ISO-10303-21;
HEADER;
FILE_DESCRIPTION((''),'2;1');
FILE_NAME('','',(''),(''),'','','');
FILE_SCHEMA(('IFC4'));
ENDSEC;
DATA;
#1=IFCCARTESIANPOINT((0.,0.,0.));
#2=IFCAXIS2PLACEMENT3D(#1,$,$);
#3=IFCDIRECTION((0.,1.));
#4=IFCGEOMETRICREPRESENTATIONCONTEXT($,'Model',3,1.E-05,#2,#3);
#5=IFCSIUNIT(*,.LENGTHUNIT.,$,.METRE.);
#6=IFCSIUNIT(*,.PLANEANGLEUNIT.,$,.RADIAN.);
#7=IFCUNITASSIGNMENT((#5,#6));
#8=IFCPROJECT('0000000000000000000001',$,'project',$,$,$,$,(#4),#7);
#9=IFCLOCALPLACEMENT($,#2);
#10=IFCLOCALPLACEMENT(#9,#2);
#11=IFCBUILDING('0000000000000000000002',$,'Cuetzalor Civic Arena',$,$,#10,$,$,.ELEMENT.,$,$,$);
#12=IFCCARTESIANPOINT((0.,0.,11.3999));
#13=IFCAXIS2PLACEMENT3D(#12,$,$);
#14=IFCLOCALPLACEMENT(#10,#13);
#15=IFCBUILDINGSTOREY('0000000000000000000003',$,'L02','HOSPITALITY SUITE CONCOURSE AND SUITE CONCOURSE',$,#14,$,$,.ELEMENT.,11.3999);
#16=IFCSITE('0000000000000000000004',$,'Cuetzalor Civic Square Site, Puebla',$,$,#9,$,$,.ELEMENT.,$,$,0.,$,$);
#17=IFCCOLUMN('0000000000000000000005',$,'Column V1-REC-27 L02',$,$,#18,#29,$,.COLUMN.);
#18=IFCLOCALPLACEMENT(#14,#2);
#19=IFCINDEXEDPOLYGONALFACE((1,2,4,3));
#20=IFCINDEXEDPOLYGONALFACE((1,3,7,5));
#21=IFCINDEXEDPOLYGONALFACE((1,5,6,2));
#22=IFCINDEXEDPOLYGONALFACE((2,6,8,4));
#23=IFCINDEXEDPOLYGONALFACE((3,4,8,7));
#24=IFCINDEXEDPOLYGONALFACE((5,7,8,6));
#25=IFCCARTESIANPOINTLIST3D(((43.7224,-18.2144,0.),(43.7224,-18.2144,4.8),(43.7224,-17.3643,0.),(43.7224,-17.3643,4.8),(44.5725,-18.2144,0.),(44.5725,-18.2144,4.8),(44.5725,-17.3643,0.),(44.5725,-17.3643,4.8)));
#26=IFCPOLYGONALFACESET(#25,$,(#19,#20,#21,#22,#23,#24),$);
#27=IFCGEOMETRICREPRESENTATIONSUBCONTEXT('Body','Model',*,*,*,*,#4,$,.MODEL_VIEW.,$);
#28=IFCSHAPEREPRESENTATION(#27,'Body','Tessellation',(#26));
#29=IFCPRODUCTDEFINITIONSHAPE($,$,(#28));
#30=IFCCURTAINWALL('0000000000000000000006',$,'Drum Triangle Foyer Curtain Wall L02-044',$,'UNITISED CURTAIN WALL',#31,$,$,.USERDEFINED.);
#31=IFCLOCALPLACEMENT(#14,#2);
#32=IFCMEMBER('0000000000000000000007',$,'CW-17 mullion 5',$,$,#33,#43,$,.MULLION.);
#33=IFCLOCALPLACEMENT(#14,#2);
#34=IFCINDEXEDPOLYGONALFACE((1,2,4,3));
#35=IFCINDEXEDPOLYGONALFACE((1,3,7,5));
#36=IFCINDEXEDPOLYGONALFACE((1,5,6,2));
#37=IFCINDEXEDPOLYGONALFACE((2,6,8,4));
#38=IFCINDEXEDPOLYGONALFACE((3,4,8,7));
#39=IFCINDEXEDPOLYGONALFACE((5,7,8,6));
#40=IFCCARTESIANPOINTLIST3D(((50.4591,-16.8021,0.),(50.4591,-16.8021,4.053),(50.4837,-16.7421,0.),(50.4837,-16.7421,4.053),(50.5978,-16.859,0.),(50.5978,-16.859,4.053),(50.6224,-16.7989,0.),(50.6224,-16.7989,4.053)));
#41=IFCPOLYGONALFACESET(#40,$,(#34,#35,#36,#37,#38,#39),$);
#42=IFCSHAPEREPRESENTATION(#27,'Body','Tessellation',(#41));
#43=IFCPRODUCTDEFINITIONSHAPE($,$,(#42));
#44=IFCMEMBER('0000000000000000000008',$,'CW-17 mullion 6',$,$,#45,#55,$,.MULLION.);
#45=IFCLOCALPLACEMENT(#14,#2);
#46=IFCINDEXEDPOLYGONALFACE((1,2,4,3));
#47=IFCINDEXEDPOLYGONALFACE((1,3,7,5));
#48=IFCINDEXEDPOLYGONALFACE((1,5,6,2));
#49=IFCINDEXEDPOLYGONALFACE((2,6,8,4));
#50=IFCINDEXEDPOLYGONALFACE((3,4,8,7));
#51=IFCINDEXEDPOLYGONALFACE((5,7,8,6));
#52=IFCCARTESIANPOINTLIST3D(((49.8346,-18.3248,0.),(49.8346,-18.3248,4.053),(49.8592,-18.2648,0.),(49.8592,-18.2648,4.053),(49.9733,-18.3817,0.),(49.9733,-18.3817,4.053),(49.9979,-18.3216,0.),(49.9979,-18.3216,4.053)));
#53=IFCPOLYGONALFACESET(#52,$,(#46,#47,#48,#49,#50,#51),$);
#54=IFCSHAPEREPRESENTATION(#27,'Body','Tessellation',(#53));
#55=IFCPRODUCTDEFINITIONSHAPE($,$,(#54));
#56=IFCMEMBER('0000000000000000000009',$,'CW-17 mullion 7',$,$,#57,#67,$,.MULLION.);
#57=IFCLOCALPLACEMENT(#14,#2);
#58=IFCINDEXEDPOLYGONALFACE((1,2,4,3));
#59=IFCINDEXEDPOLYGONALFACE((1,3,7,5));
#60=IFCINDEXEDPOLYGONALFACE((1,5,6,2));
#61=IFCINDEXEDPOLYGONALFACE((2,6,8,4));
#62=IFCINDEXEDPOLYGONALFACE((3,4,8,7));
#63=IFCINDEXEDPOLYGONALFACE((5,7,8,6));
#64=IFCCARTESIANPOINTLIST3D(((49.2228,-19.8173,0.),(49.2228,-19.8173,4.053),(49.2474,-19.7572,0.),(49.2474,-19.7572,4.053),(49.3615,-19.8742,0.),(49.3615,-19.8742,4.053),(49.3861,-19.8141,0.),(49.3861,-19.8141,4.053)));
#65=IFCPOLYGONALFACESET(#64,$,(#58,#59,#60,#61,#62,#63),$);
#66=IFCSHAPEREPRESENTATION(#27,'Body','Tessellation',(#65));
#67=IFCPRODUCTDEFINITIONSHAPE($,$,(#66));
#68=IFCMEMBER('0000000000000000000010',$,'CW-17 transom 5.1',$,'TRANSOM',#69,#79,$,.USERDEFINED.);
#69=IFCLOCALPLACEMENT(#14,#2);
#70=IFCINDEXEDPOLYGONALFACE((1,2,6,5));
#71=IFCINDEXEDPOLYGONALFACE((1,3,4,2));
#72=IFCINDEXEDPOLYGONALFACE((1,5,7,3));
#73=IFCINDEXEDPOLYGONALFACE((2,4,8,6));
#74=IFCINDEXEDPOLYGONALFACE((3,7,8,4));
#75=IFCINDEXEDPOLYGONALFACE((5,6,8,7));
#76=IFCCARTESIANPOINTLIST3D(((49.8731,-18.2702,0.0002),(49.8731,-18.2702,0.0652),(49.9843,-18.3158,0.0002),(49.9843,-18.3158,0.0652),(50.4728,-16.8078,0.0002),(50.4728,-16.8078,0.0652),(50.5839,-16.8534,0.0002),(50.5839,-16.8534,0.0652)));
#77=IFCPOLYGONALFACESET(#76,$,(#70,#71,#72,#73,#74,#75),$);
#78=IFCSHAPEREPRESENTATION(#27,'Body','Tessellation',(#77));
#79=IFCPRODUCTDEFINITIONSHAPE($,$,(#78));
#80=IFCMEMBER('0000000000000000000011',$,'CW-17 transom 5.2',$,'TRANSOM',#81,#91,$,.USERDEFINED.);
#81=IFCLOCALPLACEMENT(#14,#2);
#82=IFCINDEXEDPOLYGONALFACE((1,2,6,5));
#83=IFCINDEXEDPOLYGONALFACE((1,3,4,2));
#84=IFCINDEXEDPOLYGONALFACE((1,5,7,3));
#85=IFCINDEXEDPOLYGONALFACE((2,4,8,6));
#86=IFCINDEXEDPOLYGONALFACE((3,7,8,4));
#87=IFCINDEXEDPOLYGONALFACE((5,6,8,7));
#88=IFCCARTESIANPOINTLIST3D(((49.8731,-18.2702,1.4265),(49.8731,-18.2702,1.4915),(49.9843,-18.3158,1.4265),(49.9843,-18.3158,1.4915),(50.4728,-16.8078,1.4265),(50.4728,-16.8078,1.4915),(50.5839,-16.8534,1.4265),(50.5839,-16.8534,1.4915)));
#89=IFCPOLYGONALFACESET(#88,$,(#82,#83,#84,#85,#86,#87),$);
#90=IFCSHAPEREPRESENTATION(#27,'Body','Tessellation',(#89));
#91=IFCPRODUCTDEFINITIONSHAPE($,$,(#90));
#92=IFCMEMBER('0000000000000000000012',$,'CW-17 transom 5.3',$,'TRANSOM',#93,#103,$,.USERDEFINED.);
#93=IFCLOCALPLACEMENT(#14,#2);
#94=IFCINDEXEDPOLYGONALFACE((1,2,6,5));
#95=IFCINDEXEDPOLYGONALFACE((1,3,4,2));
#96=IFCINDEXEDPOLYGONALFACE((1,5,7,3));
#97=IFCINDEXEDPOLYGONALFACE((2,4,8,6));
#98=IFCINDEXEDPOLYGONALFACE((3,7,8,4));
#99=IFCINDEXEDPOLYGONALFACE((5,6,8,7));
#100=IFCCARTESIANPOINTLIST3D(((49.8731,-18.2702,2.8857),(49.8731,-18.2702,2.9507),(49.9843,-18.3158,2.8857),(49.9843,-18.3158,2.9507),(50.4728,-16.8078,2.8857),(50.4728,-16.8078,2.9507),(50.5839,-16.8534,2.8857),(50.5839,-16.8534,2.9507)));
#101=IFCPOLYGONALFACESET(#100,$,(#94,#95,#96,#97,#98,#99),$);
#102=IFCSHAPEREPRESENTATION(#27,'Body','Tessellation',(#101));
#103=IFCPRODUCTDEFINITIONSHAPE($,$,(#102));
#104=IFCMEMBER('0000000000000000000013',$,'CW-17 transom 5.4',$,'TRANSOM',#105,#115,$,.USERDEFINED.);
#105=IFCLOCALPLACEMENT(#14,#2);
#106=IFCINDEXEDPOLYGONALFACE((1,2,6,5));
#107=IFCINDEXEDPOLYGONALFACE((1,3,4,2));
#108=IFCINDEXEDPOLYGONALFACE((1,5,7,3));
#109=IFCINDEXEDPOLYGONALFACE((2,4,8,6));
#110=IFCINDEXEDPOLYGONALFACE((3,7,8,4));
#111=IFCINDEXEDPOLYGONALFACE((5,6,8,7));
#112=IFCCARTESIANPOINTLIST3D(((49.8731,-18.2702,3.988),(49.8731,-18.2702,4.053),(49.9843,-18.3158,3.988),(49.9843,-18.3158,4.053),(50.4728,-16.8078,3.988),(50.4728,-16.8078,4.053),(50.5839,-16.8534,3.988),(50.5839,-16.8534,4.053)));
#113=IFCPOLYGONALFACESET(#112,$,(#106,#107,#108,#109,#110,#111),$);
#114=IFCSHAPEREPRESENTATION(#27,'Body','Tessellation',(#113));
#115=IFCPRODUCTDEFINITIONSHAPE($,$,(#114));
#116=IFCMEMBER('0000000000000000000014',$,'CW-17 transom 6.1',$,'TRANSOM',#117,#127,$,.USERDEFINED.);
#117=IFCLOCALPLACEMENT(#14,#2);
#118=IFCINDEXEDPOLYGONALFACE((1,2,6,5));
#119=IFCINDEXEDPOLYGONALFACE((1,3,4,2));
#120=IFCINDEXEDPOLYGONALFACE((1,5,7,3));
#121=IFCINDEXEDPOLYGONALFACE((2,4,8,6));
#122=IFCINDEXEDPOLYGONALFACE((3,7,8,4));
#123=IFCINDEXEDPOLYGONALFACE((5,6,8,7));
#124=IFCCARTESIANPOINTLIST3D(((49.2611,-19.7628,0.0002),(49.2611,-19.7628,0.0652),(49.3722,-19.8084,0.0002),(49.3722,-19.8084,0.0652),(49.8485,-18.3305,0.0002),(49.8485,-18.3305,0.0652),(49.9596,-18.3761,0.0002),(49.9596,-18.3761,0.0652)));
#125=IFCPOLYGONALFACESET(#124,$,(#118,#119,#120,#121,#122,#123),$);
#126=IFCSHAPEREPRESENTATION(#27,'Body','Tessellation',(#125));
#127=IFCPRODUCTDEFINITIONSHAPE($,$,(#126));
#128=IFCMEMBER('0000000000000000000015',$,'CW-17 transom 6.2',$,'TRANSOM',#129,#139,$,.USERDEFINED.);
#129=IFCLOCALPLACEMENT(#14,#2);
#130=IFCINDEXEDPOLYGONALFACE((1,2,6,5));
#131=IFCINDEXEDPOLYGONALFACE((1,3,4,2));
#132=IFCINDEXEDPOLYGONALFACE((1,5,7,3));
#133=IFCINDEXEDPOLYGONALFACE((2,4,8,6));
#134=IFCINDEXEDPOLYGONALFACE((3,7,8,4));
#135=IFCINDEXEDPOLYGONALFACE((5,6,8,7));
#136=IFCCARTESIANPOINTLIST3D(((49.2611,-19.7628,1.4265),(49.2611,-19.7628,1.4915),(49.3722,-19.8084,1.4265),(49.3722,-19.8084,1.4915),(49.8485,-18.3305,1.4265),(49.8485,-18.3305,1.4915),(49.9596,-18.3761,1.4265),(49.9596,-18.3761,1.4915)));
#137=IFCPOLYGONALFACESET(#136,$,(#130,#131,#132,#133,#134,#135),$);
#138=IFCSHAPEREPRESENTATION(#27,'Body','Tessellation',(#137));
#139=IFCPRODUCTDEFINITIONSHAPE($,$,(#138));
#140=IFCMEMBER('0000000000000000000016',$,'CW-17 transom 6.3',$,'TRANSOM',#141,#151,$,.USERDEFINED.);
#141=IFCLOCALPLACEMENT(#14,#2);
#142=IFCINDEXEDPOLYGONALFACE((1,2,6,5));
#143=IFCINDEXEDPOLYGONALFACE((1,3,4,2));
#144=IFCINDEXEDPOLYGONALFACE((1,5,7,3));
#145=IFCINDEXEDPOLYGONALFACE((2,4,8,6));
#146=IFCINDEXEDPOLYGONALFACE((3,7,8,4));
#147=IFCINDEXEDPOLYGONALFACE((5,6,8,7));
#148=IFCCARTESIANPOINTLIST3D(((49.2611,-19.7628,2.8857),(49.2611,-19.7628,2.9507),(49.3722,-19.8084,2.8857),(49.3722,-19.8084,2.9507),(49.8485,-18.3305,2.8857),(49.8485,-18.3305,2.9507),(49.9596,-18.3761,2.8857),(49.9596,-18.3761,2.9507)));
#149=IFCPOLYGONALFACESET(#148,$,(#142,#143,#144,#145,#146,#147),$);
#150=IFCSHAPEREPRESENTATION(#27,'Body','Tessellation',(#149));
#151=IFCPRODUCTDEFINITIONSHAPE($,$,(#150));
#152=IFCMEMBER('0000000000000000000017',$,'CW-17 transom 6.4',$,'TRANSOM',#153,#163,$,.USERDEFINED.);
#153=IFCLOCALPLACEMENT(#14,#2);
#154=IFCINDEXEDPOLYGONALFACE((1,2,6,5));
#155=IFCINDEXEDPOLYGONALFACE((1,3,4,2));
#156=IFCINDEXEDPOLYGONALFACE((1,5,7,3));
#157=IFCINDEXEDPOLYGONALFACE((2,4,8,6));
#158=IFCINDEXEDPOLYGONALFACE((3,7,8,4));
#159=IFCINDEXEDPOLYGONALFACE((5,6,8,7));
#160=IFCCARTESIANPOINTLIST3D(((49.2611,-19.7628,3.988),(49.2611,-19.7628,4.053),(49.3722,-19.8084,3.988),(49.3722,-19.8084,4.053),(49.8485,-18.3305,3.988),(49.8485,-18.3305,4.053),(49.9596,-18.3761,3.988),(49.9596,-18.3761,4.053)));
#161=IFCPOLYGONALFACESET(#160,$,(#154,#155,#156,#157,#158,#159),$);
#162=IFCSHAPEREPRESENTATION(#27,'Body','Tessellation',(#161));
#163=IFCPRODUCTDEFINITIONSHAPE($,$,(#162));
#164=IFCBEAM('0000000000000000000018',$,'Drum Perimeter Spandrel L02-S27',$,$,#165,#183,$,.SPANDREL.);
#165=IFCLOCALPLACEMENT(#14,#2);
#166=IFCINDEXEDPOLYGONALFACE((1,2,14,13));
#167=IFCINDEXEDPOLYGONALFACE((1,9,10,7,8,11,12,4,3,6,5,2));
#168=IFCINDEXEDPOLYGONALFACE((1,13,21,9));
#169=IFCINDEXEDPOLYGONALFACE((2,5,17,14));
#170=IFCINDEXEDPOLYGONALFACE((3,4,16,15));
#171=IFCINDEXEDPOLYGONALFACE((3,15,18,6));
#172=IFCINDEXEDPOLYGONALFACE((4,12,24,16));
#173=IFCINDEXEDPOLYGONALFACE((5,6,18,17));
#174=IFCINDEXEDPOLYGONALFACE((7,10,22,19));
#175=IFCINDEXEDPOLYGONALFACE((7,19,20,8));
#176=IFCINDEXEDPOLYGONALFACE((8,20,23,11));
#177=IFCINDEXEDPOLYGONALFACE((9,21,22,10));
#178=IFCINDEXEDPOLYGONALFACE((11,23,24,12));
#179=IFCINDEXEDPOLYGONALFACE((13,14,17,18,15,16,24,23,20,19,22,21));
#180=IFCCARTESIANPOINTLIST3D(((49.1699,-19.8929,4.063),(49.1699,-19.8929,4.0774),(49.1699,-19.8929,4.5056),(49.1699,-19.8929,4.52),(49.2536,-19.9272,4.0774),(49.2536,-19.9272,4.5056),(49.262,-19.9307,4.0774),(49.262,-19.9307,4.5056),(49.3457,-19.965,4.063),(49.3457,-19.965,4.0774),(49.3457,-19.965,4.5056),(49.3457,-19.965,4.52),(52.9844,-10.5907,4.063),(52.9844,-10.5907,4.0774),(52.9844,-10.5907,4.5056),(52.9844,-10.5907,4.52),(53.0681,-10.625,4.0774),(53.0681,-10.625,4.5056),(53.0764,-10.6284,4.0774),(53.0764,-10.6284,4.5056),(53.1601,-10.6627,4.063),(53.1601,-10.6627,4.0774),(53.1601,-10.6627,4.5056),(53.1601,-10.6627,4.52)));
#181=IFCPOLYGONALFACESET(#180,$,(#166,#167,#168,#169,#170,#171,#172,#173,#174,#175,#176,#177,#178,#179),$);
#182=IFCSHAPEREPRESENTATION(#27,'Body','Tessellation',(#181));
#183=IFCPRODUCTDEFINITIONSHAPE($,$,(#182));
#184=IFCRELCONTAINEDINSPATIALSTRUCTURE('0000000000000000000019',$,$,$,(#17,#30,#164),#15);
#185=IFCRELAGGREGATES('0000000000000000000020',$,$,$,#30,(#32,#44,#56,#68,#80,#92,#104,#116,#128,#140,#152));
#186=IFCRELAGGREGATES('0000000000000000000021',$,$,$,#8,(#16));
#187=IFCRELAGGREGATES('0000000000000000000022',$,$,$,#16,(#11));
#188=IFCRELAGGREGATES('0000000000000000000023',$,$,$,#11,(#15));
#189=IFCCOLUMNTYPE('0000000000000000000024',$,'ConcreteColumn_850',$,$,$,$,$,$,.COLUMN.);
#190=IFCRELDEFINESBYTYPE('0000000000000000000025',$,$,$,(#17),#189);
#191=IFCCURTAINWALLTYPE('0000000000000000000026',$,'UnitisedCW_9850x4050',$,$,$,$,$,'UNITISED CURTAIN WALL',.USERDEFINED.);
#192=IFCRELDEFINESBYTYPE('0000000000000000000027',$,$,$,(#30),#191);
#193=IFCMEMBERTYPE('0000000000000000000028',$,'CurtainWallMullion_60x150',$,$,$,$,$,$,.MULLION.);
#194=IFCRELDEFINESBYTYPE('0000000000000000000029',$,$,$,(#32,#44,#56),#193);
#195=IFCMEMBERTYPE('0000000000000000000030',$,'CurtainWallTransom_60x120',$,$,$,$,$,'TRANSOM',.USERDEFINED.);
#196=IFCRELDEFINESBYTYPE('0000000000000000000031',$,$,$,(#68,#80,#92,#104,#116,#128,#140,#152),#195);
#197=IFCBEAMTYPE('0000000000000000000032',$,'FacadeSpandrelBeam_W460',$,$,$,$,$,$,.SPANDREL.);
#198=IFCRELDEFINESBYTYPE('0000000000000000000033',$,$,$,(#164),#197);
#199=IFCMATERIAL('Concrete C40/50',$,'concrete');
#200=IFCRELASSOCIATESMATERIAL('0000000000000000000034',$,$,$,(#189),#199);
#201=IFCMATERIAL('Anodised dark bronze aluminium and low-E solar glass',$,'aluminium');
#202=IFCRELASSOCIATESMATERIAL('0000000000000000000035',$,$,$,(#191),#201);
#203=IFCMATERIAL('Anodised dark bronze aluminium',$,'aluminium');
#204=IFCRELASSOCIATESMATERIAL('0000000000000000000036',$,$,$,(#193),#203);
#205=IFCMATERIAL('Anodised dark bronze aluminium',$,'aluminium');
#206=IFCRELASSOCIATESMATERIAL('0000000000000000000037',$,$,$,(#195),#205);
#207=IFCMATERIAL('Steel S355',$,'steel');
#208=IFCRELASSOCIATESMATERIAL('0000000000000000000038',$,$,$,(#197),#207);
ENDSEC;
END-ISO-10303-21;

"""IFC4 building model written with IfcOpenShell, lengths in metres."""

from ifc_helpers import new_model, si_unit, direction, frame, origin, origin_2d, place, context, subcontext, project, spatial, rectangle, i_section, extrude, material, material_profile, profile_set, type_object, element, aggregate, save


model = new_model("IFC4")

# Units and contexts
model_context = context("Model", 3, precision=1e-05, world=origin(), true_north=direction((0.0, 1.0)))
body_context = subcontext(model_context, "Body", "Model", "MODEL_VIEW")
ifc_project = project(units=[si_unit("LENGTHUNIT", "METRE"), si_unit("PLANEANGLEUNIT", "RADIAN")], contexts=[model_context])

# Site, building, storey
site_placement = place(None, origin())
site = spatial("IfcSite", under=ifc_project, at=site_placement, Name="Cuetzalor Civic Square Site, Puebla", CompositionType="ELEMENT", RefElevation=0.0)
building_placement = place(site_placement, origin())
building = spatial("IfcBuilding", under=site, at=building_placement, Name="Cuetzalor Civic Arena", CompositionType="ELEMENT")
storey_placement = place(building_placement, frame((0.0, 0.0, 11.3999)))
storey = spatial("IfcBuildingStorey", under=building, at=storey_placement, Name="L02", Description="HOSPITALITY SUITE CONCOURSE AND SUITE CONCOURSE", CompositionType="ELEMENT", Elevation=11.3999)

# Column
ifc_material_1 = material(Name="Concrete C40/50", Category="concrete")
ifc_material_profile_1 = material_profile(ifc_material_1, rectangle(XDim=0.8501, YDim=0.8501, at=origin_2d()), Name="RC 850x850")
ifc_profile_set_1 = profile_set([ifc_material_profile_1], Name="Concrete C40/50")
column_type = type_object("IfcColumnType", Name="ConcreteColumn_850", PredefinedType="COLUMN", material=ifc_profile_set_1)
column_placement = place(storey_placement, frame((44.1475, -17.7893, 0.0), z_axis=(0.0, 0.0, 1.0), x_axis=(1.0, 0.0, 0.0)))
element("IfcColumn", 1, at=column_placement, inside=storey, type_object=column_type, Name="Column V1-REC-27 L02", PredefinedType="COLUMN", context=body_context, shape_type="SweptSolid", body=[
    extrude(rectangle(XDim=0.8501, YDim=0.8501, at=origin_2d()), origin(), (0.0, 0.0, 1.0), 4.8),
])

# Curtain wall, members
ifc_material_2 = material(Name="Anodised dark bronze aluminium and low-E solar glass", Category="aluminium")
curtain_wall_type = type_object("IfcCurtainWallType", Name="UnitisedCW_9850x4050", ElementType="UNITISED CURTAIN WALL", PredefinedType="USERDEFINED", material=ifc_material_2)
curtain_wall_placement = place(storey_placement, origin())
curtain_wall = element("IfcCurtainWall", 2, at=curtain_wall_placement, inside=storey, type_object=curtain_wall_type, Name="Drum Triangle Foyer Curtain Wall L02-044", ObjectType="UNITISED CURTAIN WALL", PredefinedType="USERDEFINED")
ifc_material_3 = material(Name="Anodised dark bronze aluminium", Category="aluminium")
ifc_material_profile_2 = material_profile(ifc_material_3, rectangle(XDim=0.0649, YDim=0.1499, at=origin_2d()), Name="ALU MULLION 65x150")
ifc_profile_set_2 = profile_set([ifc_material_profile_2], Name="Anodised dark bronze aluminium")
member_type_1 = type_object("IfcMemberType", Name="CurtainWallMullion_60x150", PredefinedType="MULLION", material=ifc_profile_set_2)
member_1_placement = place(storey_placement, frame((50.5408, -16.8005, 0.0), z_axis=(0.0, 0.0, 1.0), x_axis=(-0.379391, -0.925236, 0.0)))
member_1 = element("IfcMember", 3, at=member_1_placement, type_object=member_type_1, Name="CW-17 mullion 5", PredefinedType="MULLION", context=body_context, shape_type="SweptSolid", body=[
    extrude(rectangle(XDim=0.0649, YDim=0.1499, at=origin_2d()), origin(), (0.0, 0.0, 1.0), 4.053),
])
member_2_placement = place(storey_placement, frame((49.9163, -18.3232, 0.0), z_axis=(0.0, 0.0, 1.0), x_axis=(-0.379391, -0.925236, 0.0)))
member_2 = element("IfcMember", 4, at=member_2_placement, type_object=member_type_1, Name="CW-17 mullion 6", PredefinedType="MULLION", context=body_context, shape_type="SweptSolid", body=[
    extrude(rectangle(XDim=0.0649, YDim=0.1499, at=origin_2d()), origin(), (0.0, 0.0, 1.0), 4.053),
])
member_3_placement = place(storey_placement, frame((49.3044, -19.8157, 0.0), z_axis=(0.0, 0.0, 1.0), x_axis=(-0.379391, -0.925236, 0.0)))
member_3 = element("IfcMember", 5, at=member_3_placement, type_object=member_type_1, Name="CW-17 mullion 7", PredefinedType="MULLION", context=body_context, shape_type="SweptSolid", body=[
    extrude(rectangle(XDim=0.0649, YDim=0.1499, at=origin_2d()), origin(), (0.0, 0.0, 1.0), 4.053),
])
ifc_material_4 = material(Name="Anodised dark bronze aluminium", Category="aluminium")
ifc_material_profile_3 = material_profile(ifc_material_4, rectangle(XDim=0.1201, YDim=0.0649, at=origin_2d()), Name="ALU TRANSOM 65x120")
ifc_profile_set_3 = profile_set([ifc_material_profile_3], Name="Anodised dark bronze aluminium")
member_type_2 = type_object("IfcMemberType", Name="CurtainWallTransom_60x120", ElementType="TRANSOM", PredefinedType="USERDEFINED", material=ifc_profile_set_3)
member_4_placement = place(storey_placement, frame((50.5283, -16.8306, 0.0327), z_axis=(-0.379367, -0.925246, 0.0), x_axis=(0.925246, -0.379367, 0.0)))
member_4 = element("IfcMember", 6, at=member_4_placement, type_object=member_type_2, Name="CW-17 transom 5.1", ObjectType="TRANSOM", PredefinedType="USERDEFINED", context=body_context, shape_type="SweptSolid", body=[
    extrude(rectangle(XDim=0.1201, YDim=0.0649, at=origin_2d()), origin(), (0.0, 0.0, 1.0), 1.5806),
])
member_5_placement = place(storey_placement, frame((50.5283, -16.8306, 1.459), z_axis=(-0.379367, -0.925246, 0.0), x_axis=(0.925246, -0.379367, 0.0)))
member_5 = element("IfcMember", 7, at=member_5_placement, type_object=member_type_2, Name="CW-17 transom 5.2", ObjectType="TRANSOM", PredefinedType="USERDEFINED", context=body_context, shape_type="SweptSolid", body=[
    extrude(rectangle(XDim=0.1201, YDim=0.0649, at=origin_2d()), origin(), (0.0, 0.0, 1.0), 1.5806),
])
member_6_placement = place(storey_placement, frame((50.5283, -16.8306, 2.9182), z_axis=(-0.379367, -0.925246, 0.0), x_axis=(0.925246, -0.379367, 0.0)))
member_6 = element("IfcMember", 8, at=member_6_placement, type_object=member_type_2, Name="CW-17 transom 5.3", ObjectType="TRANSOM", PredefinedType="USERDEFINED", context=body_context, shape_type="SweptSolid", body=[
    extrude(rectangle(XDim=0.1201, YDim=0.0649, at=origin_2d()), origin(), (0.0, 0.0, 1.0), 1.5806),
])
member_7_placement = place(storey_placement, frame((50.5283, -16.8306, 4.0205), z_axis=(-0.379367, -0.925246, 0.0), x_axis=(0.925246, -0.379367, 0.0)))
member_7 = element("IfcMember", 9, at=member_7_placement, type_object=member_type_2, Name="CW-17 transom 5.4", ObjectType="TRANSOM", PredefinedType="USERDEFINED", context=body_context, shape_type="SweptSolid", body=[
    extrude(rectangle(XDim=0.1201, YDim=0.0649, at=origin_2d()), origin(), (0.0, 0.0, 1.0), 1.5806),
])
member_8_placement = place(storey_placement, frame((49.9041, -18.3533, 0.0327), z_axis=(-0.379425, -0.925223, 0.0), x_axis=(0.925223, -0.379425, 0.0)))
member_8 = element("IfcMember", 10, at=member_8_placement, type_object=member_type_2, Name="CW-17 transom 6.1", ObjectType="TRANSOM", PredefinedType="USERDEFINED", context=body_context, shape_type="SweptSolid", body=[
    extrude(rectangle(XDim=0.1201, YDim=0.0649, at=origin_2d()), origin(), (0.0, 0.0, 1.0), 1.5481),
])
member_9_placement = place(storey_placement, frame((49.9041, -18.3533, 1.459), z_axis=(-0.379425, -0.925223, 0.0), x_axis=(0.925223, -0.379425, 0.0)))
member_9 = element("IfcMember", 11, at=member_9_placement, type_object=member_type_2, Name="CW-17 transom 6.2", ObjectType="TRANSOM", PredefinedType="USERDEFINED", context=body_context, shape_type="SweptSolid", body=[
    extrude(rectangle(XDim=0.1201, YDim=0.0649, at=origin_2d()), origin(), (0.0, 0.0, 1.0), 1.5481),
])
member_10_placement = place(storey_placement, frame((49.9041, -18.3533, 2.9182), z_axis=(-0.379425, -0.925223, 0.0), x_axis=(0.925223, -0.379425, 0.0)))
member_10 = element("IfcMember", 12, at=member_10_placement, type_object=member_type_2, Name="CW-17 transom 6.3", ObjectType="TRANSOM", PredefinedType="USERDEFINED", context=body_context, shape_type="SweptSolid", body=[
    extrude(rectangle(XDim=0.1201, YDim=0.0649, at=origin_2d()), origin(), (0.0, 0.0, 1.0), 1.5481),
])
member_11_placement = place(storey_placement, frame((49.9041, -18.3533, 4.0205), z_axis=(-0.379425, -0.925223, 0.0), x_axis=(0.925223, -0.379425, 0.0)))
member_11 = element("IfcMember", 13, at=member_11_placement, type_object=member_type_2, Name="CW-17 transom 6.4", ObjectType="TRANSOM", PredefinedType="USERDEFINED", context=body_context, shape_type="SweptSolid", body=[
    extrude(rectangle(XDim=0.1201, YDim=0.0649, at=origin_2d()), origin(), (0.0, 0.0, 1.0), 1.5481),
])

# Beam
ifc_material_5 = material(Name="Steel S355", Category="steel")
ifc_material_profile_4 = material_profile(ifc_material_5, i_section(OverallWidth=0.1899, OverallDepth=0.457, WebThickness=0.009, FlangeThickness=0.0144, at=origin_2d()), Name="W460x74")
ifc_profile_set_4 = profile_set([ifc_material_profile_4], Name="Steel S355")
beam_type_1 = type_object("IfcBeamType", Name="FacadeSpandrelBeam_W460", PredefinedType="SPANDREL", material=ifc_profile_set_4)
beam_1_placement = place(storey_placement, frame((49.2578, -19.929, 4.2915), z_axis=(0.379399, 0.925233, 0.0), x_axis=(-0.925233, 0.379399, 0.0)))
element("IfcBeam", 14, at=beam_1_placement, inside=storey, type_object=beam_type_1, Name="Drum Perimeter Spandrel L02-S27", PredefinedType="SPANDREL", context=body_context, shape_type="SweptSolid", body=[
    extrude(i_section(OverallWidth=0.1899, OverallDepth=0.457, WebThickness=0.009, FlangeThickness=0.0144, at=origin_2d()), origin(), (0.0, 0.0, 1.0), 10.054),
])

aggregate(curtain_wall, [member_1, member_2, member_3, member_4, member_5, member_6, member_7, member_8, member_9, member_10, member_11])

save(model, "model.ifc")
